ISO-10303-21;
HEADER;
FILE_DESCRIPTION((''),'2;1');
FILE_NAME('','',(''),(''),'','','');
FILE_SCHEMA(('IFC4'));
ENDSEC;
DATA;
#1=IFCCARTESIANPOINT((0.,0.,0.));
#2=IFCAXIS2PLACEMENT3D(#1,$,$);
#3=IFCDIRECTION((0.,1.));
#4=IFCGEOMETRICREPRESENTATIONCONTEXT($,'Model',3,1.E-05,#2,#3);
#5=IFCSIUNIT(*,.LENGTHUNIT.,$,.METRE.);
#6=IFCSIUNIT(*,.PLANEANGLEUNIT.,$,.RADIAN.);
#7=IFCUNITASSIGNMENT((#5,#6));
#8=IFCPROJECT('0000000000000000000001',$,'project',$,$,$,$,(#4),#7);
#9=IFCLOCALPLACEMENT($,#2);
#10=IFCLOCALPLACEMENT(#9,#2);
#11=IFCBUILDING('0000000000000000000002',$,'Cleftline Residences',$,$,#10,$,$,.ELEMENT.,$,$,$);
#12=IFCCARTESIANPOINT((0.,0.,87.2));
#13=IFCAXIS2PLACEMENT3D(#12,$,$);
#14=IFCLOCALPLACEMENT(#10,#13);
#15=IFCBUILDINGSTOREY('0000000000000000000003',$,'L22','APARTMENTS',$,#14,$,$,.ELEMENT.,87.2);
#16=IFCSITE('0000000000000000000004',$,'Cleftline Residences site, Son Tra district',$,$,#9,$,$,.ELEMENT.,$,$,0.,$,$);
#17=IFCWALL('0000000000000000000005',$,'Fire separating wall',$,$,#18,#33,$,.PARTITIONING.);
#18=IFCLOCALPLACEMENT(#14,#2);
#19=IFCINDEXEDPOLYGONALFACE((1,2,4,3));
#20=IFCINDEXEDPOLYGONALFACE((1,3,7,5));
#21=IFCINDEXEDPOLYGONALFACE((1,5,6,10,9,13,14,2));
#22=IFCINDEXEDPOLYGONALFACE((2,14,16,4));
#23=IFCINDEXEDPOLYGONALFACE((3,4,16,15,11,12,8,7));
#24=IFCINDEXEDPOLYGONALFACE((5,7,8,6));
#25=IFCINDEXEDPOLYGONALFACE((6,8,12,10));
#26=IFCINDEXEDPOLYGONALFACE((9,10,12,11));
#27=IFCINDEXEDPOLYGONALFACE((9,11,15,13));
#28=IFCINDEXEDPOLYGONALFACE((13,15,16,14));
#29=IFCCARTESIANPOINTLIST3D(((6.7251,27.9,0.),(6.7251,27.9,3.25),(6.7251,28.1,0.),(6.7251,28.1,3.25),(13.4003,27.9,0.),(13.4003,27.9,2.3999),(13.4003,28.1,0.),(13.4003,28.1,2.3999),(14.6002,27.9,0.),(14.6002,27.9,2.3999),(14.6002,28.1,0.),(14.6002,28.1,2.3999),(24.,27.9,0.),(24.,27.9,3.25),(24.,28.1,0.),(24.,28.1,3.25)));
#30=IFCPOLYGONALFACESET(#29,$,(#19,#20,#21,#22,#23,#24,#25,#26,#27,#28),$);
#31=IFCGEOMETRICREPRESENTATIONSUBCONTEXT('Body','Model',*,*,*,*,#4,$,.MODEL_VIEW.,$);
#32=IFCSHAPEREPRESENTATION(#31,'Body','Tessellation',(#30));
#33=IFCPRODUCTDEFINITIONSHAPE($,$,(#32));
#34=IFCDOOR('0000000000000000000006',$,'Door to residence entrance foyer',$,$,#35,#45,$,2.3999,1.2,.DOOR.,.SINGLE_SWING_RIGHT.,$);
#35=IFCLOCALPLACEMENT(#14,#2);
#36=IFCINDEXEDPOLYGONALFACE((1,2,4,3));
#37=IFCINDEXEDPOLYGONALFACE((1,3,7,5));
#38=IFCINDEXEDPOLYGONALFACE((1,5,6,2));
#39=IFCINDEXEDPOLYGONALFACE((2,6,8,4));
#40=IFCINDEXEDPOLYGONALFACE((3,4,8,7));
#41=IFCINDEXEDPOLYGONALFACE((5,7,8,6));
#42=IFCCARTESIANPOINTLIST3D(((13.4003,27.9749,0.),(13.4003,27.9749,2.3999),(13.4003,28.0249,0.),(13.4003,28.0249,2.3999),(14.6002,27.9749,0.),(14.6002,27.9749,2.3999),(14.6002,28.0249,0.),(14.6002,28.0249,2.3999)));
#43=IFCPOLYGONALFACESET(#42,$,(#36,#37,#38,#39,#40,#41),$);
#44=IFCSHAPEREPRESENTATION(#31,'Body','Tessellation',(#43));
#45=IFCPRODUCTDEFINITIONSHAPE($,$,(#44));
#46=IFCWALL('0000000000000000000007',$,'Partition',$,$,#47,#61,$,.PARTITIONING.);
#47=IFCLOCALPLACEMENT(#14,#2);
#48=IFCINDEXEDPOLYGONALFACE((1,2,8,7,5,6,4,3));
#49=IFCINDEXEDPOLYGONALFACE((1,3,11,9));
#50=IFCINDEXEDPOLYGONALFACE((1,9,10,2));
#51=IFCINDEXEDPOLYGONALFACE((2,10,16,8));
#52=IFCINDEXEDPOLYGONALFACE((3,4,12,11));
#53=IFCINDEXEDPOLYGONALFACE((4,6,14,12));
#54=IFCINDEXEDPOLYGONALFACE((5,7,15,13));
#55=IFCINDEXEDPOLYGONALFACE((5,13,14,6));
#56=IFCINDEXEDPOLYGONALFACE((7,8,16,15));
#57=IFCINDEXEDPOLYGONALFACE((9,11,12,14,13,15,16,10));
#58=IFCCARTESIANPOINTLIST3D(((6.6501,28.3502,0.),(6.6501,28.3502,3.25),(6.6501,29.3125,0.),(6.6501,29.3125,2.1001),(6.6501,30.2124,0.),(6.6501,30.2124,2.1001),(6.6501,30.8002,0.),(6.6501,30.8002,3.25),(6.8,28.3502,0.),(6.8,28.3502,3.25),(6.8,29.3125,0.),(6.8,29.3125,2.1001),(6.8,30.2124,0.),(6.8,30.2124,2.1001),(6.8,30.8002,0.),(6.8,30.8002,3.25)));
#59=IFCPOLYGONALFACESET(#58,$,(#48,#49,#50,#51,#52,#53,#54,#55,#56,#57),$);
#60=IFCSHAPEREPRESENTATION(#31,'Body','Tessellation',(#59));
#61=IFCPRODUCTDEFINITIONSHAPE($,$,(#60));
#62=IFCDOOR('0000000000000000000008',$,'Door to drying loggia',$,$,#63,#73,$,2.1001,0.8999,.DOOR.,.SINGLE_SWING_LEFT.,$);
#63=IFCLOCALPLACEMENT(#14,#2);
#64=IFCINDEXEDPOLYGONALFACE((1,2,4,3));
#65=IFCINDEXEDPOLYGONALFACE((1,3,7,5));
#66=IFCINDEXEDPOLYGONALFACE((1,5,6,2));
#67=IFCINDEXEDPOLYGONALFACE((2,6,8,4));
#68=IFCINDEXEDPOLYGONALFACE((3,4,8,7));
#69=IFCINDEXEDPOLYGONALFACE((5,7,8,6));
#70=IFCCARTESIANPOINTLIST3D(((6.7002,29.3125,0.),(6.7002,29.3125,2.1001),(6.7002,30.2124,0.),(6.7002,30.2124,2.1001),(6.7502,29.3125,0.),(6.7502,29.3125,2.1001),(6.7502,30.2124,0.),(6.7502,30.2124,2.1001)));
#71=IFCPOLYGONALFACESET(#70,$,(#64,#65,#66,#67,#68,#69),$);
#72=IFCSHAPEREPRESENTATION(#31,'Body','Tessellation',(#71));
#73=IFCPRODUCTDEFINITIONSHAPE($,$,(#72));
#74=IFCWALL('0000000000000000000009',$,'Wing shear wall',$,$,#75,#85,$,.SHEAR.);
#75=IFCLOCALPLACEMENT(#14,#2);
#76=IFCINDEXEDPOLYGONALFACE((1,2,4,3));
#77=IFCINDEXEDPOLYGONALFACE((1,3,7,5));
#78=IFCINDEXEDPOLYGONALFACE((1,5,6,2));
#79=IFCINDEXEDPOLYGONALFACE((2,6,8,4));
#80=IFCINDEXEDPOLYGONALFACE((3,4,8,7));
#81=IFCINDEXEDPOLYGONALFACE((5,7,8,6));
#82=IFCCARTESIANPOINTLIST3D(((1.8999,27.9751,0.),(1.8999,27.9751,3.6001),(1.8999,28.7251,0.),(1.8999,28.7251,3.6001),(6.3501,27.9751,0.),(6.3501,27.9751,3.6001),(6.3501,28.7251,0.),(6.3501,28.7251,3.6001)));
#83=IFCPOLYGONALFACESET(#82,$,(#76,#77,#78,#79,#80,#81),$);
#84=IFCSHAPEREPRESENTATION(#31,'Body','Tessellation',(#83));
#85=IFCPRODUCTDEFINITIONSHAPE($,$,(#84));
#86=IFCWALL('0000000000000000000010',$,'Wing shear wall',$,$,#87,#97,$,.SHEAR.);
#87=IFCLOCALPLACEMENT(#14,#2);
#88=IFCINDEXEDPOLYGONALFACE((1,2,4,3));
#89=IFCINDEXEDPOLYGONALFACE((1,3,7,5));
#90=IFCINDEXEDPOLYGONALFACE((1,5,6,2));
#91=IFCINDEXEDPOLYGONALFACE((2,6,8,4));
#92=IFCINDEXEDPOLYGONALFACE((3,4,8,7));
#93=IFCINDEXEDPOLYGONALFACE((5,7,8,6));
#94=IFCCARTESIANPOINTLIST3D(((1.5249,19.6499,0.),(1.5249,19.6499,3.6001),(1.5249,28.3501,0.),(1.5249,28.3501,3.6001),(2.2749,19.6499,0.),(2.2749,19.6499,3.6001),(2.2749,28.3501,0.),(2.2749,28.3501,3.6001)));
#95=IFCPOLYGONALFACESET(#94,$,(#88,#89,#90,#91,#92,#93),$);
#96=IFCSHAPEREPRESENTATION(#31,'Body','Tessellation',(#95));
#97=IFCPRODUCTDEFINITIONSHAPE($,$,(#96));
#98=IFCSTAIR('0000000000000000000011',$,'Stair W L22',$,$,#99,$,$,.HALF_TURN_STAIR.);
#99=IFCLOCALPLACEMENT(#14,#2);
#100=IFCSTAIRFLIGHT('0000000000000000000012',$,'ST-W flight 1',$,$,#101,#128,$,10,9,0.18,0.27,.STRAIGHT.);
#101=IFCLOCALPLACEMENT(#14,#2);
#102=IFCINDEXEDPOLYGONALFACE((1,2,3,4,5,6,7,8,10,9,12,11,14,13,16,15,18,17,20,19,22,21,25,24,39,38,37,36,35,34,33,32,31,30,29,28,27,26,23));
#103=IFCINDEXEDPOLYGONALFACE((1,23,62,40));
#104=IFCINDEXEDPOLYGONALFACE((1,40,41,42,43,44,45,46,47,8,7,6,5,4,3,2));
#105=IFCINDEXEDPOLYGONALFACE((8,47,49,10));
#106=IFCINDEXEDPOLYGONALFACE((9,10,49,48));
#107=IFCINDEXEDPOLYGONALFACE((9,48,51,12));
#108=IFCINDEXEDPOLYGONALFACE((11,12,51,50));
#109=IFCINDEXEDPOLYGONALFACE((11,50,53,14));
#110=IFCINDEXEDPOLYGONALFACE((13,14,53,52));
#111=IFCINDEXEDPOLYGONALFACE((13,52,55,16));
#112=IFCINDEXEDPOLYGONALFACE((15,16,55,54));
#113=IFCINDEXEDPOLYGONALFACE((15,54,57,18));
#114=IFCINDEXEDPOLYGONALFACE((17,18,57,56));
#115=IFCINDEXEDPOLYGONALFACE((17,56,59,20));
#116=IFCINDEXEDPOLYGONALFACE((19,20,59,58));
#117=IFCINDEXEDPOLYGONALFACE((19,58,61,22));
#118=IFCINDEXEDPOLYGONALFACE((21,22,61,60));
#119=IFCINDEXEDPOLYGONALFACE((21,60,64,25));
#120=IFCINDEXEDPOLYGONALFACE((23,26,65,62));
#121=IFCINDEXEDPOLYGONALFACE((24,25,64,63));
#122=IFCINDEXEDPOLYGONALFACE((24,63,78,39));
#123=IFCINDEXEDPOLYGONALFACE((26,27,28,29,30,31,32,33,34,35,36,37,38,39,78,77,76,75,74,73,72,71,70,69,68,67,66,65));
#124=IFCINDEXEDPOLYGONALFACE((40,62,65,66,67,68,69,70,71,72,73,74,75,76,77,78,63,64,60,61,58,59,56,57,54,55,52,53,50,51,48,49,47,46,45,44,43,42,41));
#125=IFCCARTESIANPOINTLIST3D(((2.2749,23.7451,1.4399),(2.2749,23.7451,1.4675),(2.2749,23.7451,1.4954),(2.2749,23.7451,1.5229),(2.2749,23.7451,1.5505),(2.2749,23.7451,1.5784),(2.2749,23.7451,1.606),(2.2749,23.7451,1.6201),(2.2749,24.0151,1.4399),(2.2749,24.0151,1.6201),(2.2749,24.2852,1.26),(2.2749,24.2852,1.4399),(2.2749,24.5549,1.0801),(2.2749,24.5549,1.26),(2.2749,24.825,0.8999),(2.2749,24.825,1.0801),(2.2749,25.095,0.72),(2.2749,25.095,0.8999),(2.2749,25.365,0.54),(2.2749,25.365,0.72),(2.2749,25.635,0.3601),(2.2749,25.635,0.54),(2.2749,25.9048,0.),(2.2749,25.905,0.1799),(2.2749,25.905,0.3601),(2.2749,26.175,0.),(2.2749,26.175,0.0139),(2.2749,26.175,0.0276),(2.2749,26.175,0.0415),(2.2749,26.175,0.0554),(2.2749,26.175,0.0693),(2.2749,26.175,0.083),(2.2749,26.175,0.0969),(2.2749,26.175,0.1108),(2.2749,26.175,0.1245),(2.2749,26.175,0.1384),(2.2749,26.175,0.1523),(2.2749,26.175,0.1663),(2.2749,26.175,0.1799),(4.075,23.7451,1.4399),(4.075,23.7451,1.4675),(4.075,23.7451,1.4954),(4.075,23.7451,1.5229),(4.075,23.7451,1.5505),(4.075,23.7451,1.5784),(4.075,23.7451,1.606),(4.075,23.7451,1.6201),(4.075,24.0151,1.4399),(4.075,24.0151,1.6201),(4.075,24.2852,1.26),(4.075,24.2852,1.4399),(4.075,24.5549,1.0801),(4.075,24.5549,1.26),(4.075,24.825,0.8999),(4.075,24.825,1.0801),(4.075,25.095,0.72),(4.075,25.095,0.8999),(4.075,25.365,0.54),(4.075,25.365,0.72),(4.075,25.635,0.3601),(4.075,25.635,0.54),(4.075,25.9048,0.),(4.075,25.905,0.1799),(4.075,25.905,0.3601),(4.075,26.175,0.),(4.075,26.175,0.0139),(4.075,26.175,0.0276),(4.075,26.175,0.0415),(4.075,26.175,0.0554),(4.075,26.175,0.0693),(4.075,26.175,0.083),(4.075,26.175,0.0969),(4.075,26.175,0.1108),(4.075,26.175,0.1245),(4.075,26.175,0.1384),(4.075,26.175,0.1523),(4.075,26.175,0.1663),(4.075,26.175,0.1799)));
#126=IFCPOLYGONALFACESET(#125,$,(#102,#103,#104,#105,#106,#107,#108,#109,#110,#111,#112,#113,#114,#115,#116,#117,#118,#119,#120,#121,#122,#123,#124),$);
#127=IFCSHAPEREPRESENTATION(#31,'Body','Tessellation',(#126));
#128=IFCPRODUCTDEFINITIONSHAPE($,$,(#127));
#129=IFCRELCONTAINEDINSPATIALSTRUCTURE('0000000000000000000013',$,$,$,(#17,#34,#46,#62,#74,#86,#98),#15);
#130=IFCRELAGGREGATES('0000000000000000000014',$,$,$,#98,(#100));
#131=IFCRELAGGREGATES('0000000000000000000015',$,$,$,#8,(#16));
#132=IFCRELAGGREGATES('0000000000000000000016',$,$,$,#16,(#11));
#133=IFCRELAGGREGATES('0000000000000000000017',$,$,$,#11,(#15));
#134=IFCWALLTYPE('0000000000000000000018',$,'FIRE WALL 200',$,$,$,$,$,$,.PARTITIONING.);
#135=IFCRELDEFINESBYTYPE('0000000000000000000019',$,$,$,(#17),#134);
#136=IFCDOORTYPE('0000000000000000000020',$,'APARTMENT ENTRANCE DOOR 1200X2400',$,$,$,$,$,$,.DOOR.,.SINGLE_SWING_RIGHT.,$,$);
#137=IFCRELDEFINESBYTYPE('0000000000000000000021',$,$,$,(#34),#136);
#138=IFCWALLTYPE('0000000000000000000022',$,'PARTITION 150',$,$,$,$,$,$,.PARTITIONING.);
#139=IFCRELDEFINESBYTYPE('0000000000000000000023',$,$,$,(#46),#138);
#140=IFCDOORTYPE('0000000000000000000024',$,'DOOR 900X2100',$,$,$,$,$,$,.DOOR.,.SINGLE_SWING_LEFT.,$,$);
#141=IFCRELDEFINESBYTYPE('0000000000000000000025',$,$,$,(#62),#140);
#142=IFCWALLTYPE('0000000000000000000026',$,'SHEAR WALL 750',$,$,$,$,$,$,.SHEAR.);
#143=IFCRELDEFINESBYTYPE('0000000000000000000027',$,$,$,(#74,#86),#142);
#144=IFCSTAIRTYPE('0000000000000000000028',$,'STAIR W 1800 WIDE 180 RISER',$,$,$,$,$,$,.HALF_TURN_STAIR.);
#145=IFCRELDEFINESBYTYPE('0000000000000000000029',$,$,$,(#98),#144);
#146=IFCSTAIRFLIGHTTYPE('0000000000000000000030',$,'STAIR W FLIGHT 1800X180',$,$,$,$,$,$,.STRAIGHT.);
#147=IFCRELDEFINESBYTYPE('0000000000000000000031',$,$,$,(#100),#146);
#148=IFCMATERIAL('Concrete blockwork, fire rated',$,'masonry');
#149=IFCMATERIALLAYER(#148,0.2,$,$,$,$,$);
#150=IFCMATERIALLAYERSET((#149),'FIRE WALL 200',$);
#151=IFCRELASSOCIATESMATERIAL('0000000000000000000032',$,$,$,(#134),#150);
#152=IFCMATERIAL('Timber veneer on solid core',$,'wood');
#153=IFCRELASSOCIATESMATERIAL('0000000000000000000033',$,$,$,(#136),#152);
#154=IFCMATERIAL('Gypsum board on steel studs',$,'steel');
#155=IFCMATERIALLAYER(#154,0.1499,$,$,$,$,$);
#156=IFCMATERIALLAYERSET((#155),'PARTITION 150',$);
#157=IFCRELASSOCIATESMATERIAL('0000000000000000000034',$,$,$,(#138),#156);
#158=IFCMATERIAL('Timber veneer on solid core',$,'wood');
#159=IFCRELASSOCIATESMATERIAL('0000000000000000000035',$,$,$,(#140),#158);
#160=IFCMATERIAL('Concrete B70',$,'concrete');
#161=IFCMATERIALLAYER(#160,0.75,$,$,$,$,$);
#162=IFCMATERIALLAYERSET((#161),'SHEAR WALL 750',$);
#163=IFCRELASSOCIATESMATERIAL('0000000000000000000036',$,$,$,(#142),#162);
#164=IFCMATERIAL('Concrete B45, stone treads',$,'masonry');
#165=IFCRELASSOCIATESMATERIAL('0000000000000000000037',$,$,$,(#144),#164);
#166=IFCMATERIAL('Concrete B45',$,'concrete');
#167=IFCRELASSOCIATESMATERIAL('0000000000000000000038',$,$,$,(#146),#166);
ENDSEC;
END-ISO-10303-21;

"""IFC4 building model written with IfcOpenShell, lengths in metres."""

from ifc_helpers import new_model, si_unit, direction, frame, frame_2d, origin, place, context, subcontext, project, spatial, polyline, rectangle, outline, extrude, material, layer, layer_set, type_object, element, fill, aggregate, save


model = new_model("IFC4")

# Units and contexts
model_context = context("Model", 3, precision=1e-05, world=origin(), true_north=direction((0.0, 1.0)))
body_context = subcontext(model_context, "Body", "Model", "MODEL_VIEW")
ifc_project = project(units=[si_unit("LENGTHUNIT", "METRE"), si_unit("PLANEANGLEUNIT", "RADIAN")], contexts=[model_context])

# Site, building, storey
site_placement = place(None, origin())
site = spatial("IfcSite", under=ifc_project, at=site_placement, Name="Cleftline Residences site, Son Tra district", CompositionType="ELEMENT", RefElevation=0.0)
building_placement = place(site_placement, origin())
building = spatial("IfcBuilding", under=site, at=building_placement, Name="Cleftline Residences", CompositionType="ELEMENT")
storey_placement = place(building_placement, frame((0.0, 0.0, 87.2)))
storey = spatial("IfcBuildingStorey", under=building, at=storey_placement, Name="L22", Description="APARTMENTS", CompositionType="ELEMENT", Elevation=87.2)

# Walls, openings, doors
ifc_material_1 = material(Name="Concrete blockwork, fire rated", Category="masonry")
ifc_layer_1 = layer(ifc_material_1, 0.2)
ifc_layer_set_1 = layer_set([ifc_layer_1], Name="FIRE WALL 200")
wall_type_1 = type_object("IfcWallType", Name="FIRE WALL 200", PredefinedType="PARTITIONING", material=ifc_layer_set_1)
wall_1_placement = place(storey_placement, frame((6.7251, 28.0, 0.0), z_axis=(0.0, 0.0, 1.0), x_axis=(1.0, 0.0, 0.0)))
wall_1 = element("IfcWall", 1, at=wall_1_placement, inside=storey, type_object=wall_type_1, Name="Fire separating wall", PredefinedType="PARTITIONING", context=body_context, shape_type="SweptSolid", body=[
    extrude(rectangle(XDim=17.2749, YDim=0.2, at=frame_2d((8.6375, 0.0))), origin(), (0.0, 0.0, 1.0), 3.25),
])
opening_1_placement = place(wall_1_placement, frame((6.675, 0.0, 0.0)))
opening_1 = element("IfcOpeningElement", 2, at=opening_1_placement, cuts=wall_1, PredefinedType="OPENING", context=body_context, shape_type="SweptSolid", body=[
    extrude(rectangle(XDim=1.2, YDim=2.3999, at=frame_2d((0.6001, 1.2))), frame((0.0, 0.1099, 0.0), z_axis=(0.0, -1.0, 0.0), x_axis=(1.0, 0.0, 0.0)), (0.0, 0.0, 1.0), 0.22),
])
ifc_material_2 = material(Name="Timber veneer on solid core", Category="wood")
door_type_1 = type_object("IfcDoorType", Name="APARTMENT ENTRANCE DOOR 1200X2400", OperationType="SINGLE_SWING_RIGHT", PredefinedType="DOOR", material=ifc_material_2)
door_1_placement = place(opening_1_placement, origin())
door_1 = element("IfcDoor", 3, at=door_1_placement, inside=storey, type_object=door_type_1, Name="Door to residence entrance foyer", OperationType="SINGLE_SWING_RIGHT", OverallHeight=2.3999, OverallWidth=1.2, PredefinedType="DOOR", context=body_context, shape_type="SweptSolid", body=[
    extrude(rectangle(XDim=1.2, YDim=2.3999, at=frame_2d((0.6001, 1.2))), frame((0.0, 0.0249, 0.0), z_axis=(0.0, -1.0, 0.0), x_axis=(1.0, 0.0, 0.0)), (0.0, 0.0, 1.0), 0.05),
])
fill(opening_1, door_1)
ifc_material_3 = material(Name="Gypsum board on steel studs", Category="steel")
ifc_layer_2 = layer(ifc_material_3, 0.1499)
ifc_layer_set_2 = layer_set([ifc_layer_2], Name="PARTITION 150")
wall_type_2 = type_object("IfcWallType", Name="PARTITION 150", PredefinedType="PARTITIONING", material=ifc_layer_set_2)
wall_2_placement = place(storey_placement, frame((6.7251, 28.3501, 0.0), z_axis=(0.0, 0.0, 1.0), x_axis=(0.0, 1.0, 0.0)))
wall_2 = element("IfcWall", 4, at=wall_2_placement, inside=storey, type_object=wall_type_2, Name="Partition", PredefinedType="PARTITIONING", context=body_context, shape_type="SweptSolid", body=[
    extrude(rectangle(XDim=2.45, YDim=0.1499, at=frame_2d((1.2251, 0.0))), origin(), (0.0, 0.0, 1.0), 3.25),
])
opening_2_placement = place(wall_2_placement, frame((0.9624, 0.0, 0.0)))
opening_2 = element("IfcOpeningElement", 5, at=opening_2_placement, cuts=wall_2, PredefinedType="OPENING", context=body_context, shape_type="SweptSolid", body=[
    extrude(rectangle(XDim=0.8999, YDim=2.1001, at=frame_2d((0.45, 1.05))), frame((0.0, 0.085, 0.0), z_axis=(0.0, -1.0, 0.0), x_axis=(1.0, 0.0, 0.0)), (0.0, 0.0, 1.0), 0.1699),
])
ifc_material_4 = material(Name="Timber veneer on solid core", Category="wood")
door_type_2 = type_object("IfcDoorType", Name="DOOR 900X2100", OperationType="SINGLE_SWING_LEFT", PredefinedType="DOOR", material=ifc_material_4)
door_2_placement = place(opening_2_placement, origin())
door_2 = element("IfcDoor", 6, at=door_2_placement, inside=storey, type_object=door_type_2, Name="Door to drying loggia", OperationType="SINGLE_SWING_LEFT", OverallHeight=2.1001, OverallWidth=0.8999, PredefinedType="DOOR", context=body_context, shape_type="SweptSolid", body=[
    extrude(rectangle(XDim=0.8999, YDim=2.1001, at=frame_2d((0.45, 1.05))), frame((0.0, 0.0249, 0.0), z_axis=(0.0, -1.0, 0.0), x_axis=(1.0, 0.0, 0.0)), (0.0, 0.0, 1.0), 0.05),
])
fill(opening_2, door_2)

# Walls
ifc_material_5 = material(Name="Concrete B70", Category="concrete")
ifc_layer_3 = layer(ifc_material_5, 0.75)
ifc_layer_set_3 = layer_set([ifc_layer_3], Name="SHEAR WALL 750")
wall_type_3 = type_object("IfcWallType", Name="SHEAR WALL 750", PredefinedType="SHEAR", material=ifc_layer_set_3)
wall_3_placement = place(storey_placement, frame((6.3501, 28.3501, 0.0), z_axis=(0.0, 0.0, 1.0), x_axis=(-1.0, 0.0, 0.0)))
element("IfcWall", 7, at=wall_3_placement, inside=storey, type_object=wall_type_3, Name="Wing shear wall", PredefinedType="SHEAR", context=body_context, shape_type="SweptSolid", body=[
    extrude(rectangle(XDim=4.4502, YDim=0.75, at=frame_2d((2.2251, 0.0))), origin(), (0.0, 0.0, 1.0), 3.6001),
])
wall_4_placement = place(storey_placement, frame((1.8999, 28.3501, 0.0), z_axis=(0.0, 0.0, 1.0), x_axis=(0.0, -1.0, 0.0)))
element("IfcWall", 8, at=wall_4_placement, inside=storey, type_object=wall_type_3, Name="Wing shear wall", PredefinedType="SHEAR", context=body_context, shape_type="SweptSolid", body=[
    extrude(rectangle(XDim=8.7002, YDim=0.75, at=frame_2d((4.3501, 0.0))), origin(), (0.0, 0.0, 1.0), 3.6001),
])

# Stair, stair flight
ifc_material_6 = material(Name="Concrete B45, stone treads", Category="masonry")
stair_type = type_object("IfcStairType", Name="STAIR W 1800 WIDE 180 RISER", PredefinedType="HALF_TURN_STAIR", material=ifc_material_6)
stair_placement = place(storey_placement, origin())
stair = element("IfcStair", 9, at=stair_placement, inside=storey, type_object=stair_type, Name="Stair W L22", PredefinedType="HALF_TURN_STAIR")
ifc_material_7 = material(Name="Concrete B45", Category="concrete")
stair_flight_type = type_object("IfcStairFlightType", Name="STAIR W FLIGHT 1800X180", PredefinedType="STRAIGHT", material=ifc_material_7)
stair_flight_1_placement = place(storey_placement, frame((3.175, 26.175, 0.0), z_axis=(0.0, 0.0, 1.0), x_axis=(0.0, -1.0, 0.0)))
stair_flight_1 = element("IfcStairFlight", 10, at=stair_flight_1_placement, type_object=stair_flight_type, Name="ST-W flight 1", NumberOfRisers=10, NumberOfTreads=9, PredefinedType="STRAIGHT", RiserHeight=0.18, TreadLength=0.27, context=body_context, shape_type="SweptSolid", body=[
    extrude(outline(polyline([(0.0, 0.0), (0.0, 0.0139), (0.0, 0.0276), (0.0, 0.0415), (0.0, 0.0554), (0.0, 0.0693), (0.0, 0.083), (0.0, 0.0969), (0.0, 0.1108), (0.0, 0.1245), (0.0, 0.1384), (0.0, 0.1523), (0.0, 0.1663), (0.0, 0.1799), (0.27, 0.1799), (0.27, 0.3601), (0.54, 0.3601), (0.54, 0.54), (0.8101, 0.54), (0.8101, 0.72), (1.0801, 0.72), (1.0801, 0.8999), (1.3501, 0.8999), (1.3501, 1.0801), (1.6201, 1.0801), (1.6201, 1.26), (1.8899, 1.26), (1.8899, 1.4399), (2.1599, 1.4399), (2.1599, 1.6201), (2.4299, 1.6201), (2.4299, 1.8), (2.4299, 1.7722), (2.4299, 1.7446), (2.4299, 1.7168), (2.4299, 1.6892), (2.4299, 1.6614), (2.4299, 1.6338), (2.4299, 1.606), (2.4299, 1.5784), (2.4299, 1.5505), (2.4299, 1.5229), (2.4299, 1.4954), (2.4299, 1.4675), (2.4299, 1.4399), (0.2703, 0.0), (0.0, 0.0)])), frame((0.0, 0.8999, 0.0), z_axis=(0.0, -1.0, 0.0), x_axis=(1.0, 0.0, 0.0)), (0.0, 0.0, 1.0), 1.8),
])
aggregate(stair, [stair_flight_1])

save(model, "model.ifc")
